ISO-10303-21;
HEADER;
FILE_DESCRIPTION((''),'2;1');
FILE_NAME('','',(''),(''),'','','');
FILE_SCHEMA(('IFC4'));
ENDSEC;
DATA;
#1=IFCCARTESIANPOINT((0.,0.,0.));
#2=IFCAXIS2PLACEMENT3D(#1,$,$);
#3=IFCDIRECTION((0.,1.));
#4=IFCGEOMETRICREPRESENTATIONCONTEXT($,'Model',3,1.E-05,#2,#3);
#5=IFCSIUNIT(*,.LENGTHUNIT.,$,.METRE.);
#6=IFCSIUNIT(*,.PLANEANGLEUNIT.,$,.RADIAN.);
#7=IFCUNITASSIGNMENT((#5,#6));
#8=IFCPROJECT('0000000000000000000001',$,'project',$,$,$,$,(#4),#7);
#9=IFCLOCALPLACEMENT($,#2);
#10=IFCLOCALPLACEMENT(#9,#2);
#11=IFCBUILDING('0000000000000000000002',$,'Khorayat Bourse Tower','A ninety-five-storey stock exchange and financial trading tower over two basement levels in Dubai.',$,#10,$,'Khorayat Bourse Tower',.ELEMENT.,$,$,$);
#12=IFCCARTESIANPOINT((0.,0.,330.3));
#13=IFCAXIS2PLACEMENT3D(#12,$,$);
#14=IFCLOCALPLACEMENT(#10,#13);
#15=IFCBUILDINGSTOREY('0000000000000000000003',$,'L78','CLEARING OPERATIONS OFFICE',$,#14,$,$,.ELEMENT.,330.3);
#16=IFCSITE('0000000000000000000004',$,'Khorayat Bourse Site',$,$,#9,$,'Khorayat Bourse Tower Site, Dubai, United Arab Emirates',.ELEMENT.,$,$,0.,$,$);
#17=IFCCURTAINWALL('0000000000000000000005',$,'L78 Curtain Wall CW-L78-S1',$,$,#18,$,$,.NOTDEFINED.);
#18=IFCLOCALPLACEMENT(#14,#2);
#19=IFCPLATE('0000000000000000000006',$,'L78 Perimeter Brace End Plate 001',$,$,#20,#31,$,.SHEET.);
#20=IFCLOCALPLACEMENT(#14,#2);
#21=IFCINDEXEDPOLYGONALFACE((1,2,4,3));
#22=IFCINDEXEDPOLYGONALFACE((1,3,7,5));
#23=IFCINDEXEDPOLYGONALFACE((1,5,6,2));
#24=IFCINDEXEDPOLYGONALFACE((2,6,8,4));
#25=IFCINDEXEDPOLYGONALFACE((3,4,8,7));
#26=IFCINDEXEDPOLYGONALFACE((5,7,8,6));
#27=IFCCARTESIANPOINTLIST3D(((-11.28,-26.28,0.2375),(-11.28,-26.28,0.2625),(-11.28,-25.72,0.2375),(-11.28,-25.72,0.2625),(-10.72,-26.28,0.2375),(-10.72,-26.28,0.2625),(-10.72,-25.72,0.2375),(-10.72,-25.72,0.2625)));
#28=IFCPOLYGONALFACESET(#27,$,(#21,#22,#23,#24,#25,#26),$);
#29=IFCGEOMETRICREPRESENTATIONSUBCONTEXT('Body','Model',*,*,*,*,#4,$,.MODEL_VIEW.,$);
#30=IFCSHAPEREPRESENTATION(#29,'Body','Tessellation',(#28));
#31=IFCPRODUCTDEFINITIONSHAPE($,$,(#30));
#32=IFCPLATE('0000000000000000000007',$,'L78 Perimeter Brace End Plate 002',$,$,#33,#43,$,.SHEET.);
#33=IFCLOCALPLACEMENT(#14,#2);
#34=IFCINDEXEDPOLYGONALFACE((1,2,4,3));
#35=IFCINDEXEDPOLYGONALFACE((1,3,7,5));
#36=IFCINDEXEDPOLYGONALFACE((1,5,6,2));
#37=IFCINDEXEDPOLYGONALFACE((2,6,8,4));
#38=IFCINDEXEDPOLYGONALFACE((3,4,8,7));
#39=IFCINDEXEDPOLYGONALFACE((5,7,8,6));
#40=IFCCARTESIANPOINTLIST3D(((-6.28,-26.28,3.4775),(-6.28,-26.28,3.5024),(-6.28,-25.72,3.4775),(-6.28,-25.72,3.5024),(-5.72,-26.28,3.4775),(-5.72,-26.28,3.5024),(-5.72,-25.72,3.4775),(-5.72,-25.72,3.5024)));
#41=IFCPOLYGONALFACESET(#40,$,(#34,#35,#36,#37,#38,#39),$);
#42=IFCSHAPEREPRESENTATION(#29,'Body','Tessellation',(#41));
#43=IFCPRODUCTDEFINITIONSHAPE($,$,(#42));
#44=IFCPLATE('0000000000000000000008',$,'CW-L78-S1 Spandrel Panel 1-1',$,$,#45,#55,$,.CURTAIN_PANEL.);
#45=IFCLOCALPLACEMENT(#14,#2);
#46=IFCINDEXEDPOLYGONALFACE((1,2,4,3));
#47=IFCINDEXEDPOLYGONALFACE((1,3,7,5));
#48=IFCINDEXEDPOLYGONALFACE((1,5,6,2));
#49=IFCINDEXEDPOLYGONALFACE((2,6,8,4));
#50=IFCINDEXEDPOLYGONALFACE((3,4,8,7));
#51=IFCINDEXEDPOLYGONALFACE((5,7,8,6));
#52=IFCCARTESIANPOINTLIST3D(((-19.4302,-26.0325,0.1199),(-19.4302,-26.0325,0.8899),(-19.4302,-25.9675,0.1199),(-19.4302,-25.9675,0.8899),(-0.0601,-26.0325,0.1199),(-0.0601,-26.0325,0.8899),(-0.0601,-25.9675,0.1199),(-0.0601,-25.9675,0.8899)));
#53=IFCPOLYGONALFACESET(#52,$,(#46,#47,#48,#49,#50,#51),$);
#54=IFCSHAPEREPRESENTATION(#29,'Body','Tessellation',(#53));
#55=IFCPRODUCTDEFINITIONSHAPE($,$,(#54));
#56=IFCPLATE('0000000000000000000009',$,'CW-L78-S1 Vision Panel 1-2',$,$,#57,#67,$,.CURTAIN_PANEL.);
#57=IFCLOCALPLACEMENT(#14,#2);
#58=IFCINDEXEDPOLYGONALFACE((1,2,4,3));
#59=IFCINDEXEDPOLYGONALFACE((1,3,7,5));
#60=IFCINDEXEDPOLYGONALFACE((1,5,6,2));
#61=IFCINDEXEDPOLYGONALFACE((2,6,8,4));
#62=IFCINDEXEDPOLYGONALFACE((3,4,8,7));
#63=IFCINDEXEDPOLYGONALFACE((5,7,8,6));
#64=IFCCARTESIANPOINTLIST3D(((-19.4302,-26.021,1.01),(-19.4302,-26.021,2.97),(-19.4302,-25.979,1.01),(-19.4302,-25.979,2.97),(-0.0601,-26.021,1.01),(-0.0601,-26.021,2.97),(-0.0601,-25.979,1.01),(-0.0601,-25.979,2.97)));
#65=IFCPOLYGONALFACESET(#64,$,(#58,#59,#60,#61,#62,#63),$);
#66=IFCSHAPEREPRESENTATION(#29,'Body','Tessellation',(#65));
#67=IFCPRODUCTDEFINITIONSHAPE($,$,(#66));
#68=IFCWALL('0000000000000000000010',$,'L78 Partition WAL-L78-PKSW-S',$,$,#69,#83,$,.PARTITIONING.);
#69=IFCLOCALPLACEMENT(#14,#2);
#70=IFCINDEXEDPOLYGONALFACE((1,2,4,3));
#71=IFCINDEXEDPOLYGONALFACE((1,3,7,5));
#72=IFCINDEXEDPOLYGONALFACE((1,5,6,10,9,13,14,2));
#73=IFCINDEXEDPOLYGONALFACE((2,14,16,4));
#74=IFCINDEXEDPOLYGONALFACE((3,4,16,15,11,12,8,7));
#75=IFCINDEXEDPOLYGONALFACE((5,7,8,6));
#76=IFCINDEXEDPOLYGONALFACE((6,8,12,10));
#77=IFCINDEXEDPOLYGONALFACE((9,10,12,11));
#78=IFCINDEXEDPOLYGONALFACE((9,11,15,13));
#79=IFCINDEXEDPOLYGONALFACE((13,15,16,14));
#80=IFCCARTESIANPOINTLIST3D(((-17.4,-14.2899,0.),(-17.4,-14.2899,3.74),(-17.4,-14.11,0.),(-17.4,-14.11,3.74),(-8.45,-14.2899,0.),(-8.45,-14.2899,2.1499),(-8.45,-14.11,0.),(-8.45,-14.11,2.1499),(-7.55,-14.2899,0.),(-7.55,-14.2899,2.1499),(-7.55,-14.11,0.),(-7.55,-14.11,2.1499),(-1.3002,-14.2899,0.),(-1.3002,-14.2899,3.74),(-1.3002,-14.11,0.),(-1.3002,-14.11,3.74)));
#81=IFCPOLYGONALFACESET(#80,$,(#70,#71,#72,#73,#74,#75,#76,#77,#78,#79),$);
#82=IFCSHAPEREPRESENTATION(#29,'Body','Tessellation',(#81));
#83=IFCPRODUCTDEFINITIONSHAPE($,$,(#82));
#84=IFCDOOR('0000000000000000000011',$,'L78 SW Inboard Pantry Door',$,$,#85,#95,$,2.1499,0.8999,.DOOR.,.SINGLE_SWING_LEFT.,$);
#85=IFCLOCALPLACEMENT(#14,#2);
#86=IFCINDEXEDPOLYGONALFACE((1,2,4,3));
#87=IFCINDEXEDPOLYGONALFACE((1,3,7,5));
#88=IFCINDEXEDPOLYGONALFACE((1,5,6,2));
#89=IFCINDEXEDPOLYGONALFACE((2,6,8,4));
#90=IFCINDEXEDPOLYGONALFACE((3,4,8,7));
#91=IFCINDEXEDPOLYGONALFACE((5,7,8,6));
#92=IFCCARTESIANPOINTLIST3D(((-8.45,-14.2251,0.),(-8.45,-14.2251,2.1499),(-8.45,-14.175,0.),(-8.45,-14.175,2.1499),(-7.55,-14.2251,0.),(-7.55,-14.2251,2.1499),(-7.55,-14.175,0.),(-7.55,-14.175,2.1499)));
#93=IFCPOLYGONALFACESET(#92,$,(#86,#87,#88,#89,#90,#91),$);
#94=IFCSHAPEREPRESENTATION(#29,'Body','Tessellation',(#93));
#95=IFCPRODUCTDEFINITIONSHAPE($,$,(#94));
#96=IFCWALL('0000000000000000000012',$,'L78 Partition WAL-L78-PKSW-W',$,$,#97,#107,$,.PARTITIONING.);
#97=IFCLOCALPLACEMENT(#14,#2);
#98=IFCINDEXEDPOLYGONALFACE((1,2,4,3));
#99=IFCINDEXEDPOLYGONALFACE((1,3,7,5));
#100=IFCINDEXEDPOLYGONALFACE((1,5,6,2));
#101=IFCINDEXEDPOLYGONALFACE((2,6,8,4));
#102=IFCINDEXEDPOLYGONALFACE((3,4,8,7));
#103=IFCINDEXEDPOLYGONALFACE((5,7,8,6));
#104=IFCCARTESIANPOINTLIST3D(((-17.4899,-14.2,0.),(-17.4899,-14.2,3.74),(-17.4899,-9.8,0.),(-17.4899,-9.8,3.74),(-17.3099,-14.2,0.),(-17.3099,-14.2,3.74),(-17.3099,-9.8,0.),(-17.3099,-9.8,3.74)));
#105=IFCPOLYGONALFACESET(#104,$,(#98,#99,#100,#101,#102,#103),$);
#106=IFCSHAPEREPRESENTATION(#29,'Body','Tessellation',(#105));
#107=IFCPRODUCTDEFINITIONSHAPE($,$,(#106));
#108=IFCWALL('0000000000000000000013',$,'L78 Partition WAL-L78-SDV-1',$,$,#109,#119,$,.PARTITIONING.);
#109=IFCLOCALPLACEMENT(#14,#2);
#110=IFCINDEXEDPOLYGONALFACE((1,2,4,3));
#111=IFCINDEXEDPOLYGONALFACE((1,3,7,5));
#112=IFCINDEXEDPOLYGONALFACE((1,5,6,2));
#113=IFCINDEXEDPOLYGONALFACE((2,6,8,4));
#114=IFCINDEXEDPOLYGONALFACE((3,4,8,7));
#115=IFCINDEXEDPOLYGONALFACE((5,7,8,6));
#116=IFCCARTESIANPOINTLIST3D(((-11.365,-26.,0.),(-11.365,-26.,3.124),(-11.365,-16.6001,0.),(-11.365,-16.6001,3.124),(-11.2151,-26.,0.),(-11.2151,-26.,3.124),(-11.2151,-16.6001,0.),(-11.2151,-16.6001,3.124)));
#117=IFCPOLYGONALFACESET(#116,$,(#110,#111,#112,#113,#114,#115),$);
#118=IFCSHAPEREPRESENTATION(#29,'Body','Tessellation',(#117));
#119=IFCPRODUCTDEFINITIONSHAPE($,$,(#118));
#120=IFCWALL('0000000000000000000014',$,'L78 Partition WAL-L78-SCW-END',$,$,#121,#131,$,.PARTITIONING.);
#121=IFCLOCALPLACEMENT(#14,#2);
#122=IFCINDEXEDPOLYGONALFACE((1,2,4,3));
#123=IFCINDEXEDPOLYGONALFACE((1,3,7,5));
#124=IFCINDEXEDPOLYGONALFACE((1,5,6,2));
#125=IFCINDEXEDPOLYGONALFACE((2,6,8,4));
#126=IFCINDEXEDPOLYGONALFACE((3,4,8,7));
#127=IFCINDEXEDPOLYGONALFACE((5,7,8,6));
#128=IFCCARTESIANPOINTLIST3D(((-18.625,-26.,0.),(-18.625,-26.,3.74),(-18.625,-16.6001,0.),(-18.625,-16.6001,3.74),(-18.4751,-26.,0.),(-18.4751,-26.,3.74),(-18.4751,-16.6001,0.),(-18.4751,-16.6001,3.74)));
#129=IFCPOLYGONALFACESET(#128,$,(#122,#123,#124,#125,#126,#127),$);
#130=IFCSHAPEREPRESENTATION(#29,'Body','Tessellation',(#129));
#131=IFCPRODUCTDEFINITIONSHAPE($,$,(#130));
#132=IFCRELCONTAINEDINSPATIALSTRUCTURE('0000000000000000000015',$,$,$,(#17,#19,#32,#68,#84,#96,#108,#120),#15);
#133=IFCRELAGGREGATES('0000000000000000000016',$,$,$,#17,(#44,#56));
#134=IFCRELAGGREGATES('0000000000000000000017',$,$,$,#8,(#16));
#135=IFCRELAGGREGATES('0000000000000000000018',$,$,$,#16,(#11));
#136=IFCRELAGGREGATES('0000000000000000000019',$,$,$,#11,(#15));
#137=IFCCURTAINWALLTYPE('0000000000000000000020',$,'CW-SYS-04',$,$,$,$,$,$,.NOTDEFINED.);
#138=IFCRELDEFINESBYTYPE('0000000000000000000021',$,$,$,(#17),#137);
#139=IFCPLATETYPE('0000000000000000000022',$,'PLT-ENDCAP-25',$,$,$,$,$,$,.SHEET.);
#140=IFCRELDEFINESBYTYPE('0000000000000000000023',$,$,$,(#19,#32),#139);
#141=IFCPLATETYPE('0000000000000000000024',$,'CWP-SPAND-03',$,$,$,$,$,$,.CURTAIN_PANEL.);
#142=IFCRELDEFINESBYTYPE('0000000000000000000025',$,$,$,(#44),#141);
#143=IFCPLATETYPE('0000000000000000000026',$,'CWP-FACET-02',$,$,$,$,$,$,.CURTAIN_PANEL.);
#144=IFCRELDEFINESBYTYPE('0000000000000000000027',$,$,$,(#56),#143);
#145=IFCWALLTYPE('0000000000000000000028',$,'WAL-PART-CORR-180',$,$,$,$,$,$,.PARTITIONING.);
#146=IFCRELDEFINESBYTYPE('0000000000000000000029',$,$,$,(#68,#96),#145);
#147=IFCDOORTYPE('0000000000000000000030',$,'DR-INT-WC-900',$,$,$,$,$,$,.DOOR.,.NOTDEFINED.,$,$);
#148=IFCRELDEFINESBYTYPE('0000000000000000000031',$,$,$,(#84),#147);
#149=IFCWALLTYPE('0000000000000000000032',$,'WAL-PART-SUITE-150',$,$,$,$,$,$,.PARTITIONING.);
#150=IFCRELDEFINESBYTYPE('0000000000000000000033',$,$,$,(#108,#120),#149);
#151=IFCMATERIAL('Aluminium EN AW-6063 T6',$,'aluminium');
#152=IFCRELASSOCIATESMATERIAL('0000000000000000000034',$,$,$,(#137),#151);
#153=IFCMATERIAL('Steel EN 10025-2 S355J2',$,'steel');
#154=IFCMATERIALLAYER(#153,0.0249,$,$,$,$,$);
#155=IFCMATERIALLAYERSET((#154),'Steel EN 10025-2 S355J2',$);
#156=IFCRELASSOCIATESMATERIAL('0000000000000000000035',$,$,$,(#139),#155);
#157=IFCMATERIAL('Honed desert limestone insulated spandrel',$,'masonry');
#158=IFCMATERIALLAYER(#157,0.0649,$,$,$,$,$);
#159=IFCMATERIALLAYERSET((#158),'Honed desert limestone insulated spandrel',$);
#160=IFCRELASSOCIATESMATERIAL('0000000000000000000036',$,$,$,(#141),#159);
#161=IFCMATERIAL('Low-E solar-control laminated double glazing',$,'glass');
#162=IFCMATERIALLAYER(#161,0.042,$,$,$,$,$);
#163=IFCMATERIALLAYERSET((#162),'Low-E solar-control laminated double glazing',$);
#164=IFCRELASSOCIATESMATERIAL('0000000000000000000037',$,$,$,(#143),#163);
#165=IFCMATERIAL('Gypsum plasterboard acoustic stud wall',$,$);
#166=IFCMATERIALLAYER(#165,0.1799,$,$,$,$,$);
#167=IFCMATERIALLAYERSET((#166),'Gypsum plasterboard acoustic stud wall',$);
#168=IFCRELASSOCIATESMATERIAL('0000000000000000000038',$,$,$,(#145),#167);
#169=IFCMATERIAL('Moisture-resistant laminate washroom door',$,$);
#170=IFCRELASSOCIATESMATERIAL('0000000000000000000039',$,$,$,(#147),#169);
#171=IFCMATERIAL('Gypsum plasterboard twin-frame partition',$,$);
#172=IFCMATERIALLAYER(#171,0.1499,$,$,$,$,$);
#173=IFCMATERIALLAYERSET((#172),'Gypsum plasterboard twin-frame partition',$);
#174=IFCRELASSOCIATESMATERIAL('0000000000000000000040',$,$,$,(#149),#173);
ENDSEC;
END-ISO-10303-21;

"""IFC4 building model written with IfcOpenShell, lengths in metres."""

from ifc_helpers import new_model, si_unit, direction, frame, frame_2d, origin, origin_2d, place, context, subcontext, project, spatial, rectangle, extrude, source, transform, mapped, material, layer, layer_set, type_object, element, fill, aggregate, save


model = new_model("IFC4")

# Units and contexts
model_context = context("Model", 3, precision=1e-05, world=origin(), true_north=direction((0.0, 1.0)))
body_context = subcontext(model_context, "Body", "Model", "MODEL_VIEW")
ifc_project = project(units=[si_unit("LENGTHUNIT", "METRE"), si_unit("PLANEANGLEUNIT", "RADIAN")], contexts=[model_context])

# Site, building, storey
site_placement = place(None, origin())
site = spatial("IfcSite", under=ifc_project, at=site_placement, Name="Khorayat Bourse Site", LongName="Khorayat Bourse Tower Site, Dubai, United Arab Emirates", CompositionType="ELEMENT", RefElevation=0.0)
building_placement = place(site_placement, origin())
building = spatial("IfcBuilding", under=site, at=building_placement, Name="Khorayat Bourse Tower", Description="A ninety-five-storey stock exchange and financial trading tower over two basement levels in Dubai.", LongName="Khorayat Bourse Tower", CompositionType="ELEMENT")
storey_placement = place(building_placement, frame((0.0, 0.0, 330.3)))
storey = spatial("IfcBuildingStorey", under=building, at=storey_placement, Name="L78", Description="CLEARING OPERATIONS OFFICE", CompositionType="ELEMENT", Elevation=330.3)

# Shared definitions
ifc_material_1 = material(Name="Steel EN 10025-2 S355J2", Category="steel")

# Curtain wall
ifc_material_2 = material(Name="Aluminium EN AW-6063 T6", Category="aluminium")
curtain_wall_type = type_object("IfcCurtainWallType", Name="CW-SYS-04", PredefinedType="NOTDEFINED", material=ifc_material_2)
curtain_wall_placement = place(storey_placement, origin())
curtain_wall = element("IfcCurtainWall", 1, at=curtain_wall_placement, inside=storey, type_object=curtain_wall_type, Name="L78 Curtain Wall CW-L78-S1", PredefinedType="NOTDEFINED")

# Plates
ifc_layer_1 = layer(ifc_material_1, 0.0249)
ifc_layer_set_1 = layer_set([ifc_layer_1], Name="Steel EN 10025-2 S355J2")
plate_type_1 = type_object("IfcPlateType", Name="PLT-ENDCAP-25", PredefinedType="SHEET", material=ifc_layer_set_1)
shared_shape_1 = source(origin(), body_context, "Body", "SweptSolid", [
    extrude(rectangle(XDim=0.5601, YDim=0.5601, at=origin_2d()), origin(), (0.0, 0.0, 1.0), 0.0249),
])
for number, where, z_axis, x_axis, name in (
    (2, (-11.0, -26.0, 0.2375), (0.0, 0.0, 1.0), (1.0, 0.0, 0.0), "L78 Perimeter Brace End Plate 001"),
    (3, (-6.0, -26.0, 3.4775), (0.0, 0.0, 1.0), (1.0, 0.0, 0.0), "L78 Perimeter Brace End Plate 002"),
):
    element("IfcPlate", number, at=place(storey_placement, frame(where, z_axis=z_axis, x_axis=x_axis)), inside=storey, type_object=plate_type_1, Name=name, PredefinedType="SHEET", context=body_context, shape_type="MappedRepresentation", body=[
        mapped(shared_shape_1, transform((0.0, 0.0, 0.0), scale=1.0)),
    ])

# Plates
ifc_material_3 = material(Name="Honed desert limestone insulated spandrel", Category="masonry")
ifc_layer_2 = layer(ifc_material_3, 0.0649)
ifc_layer_set_2 = layer_set([ifc_layer_2], Name="Honed desert limestone insulated spandrel")
plate_type_2 = type_object("IfcPlateType", Name="CWP-SPAND-03", PredefinedType="CURTAIN_PANEL", material=ifc_layer_set_2)
shared_shape_2 = source(origin(), body_context, "Body", "SweptSolid", [
    extrude(rectangle(XDim=19.3701, YDim=0.0649, at=origin_2d()), origin(), (0.0, 0.0, 1.0), 0.77),
])
plate_1_placement = place(storey_placement, frame((-9.7451, -26.0, 0.1199), z_axis=(0.0, 0.0, 1.0), x_axis=(1.0, 0.0, 0.0)))
plate_1 = element("IfcPlate", 4, at=plate_1_placement, type_object=plate_type_2, Name="CW-L78-S1 Spandrel Panel 1-1", PredefinedType="CURTAIN_PANEL", context=body_context, shape_type="MappedRepresentation", body=[
    mapped(shared_shape_2, transform((0.0, 0.0, 0.0), scale=1.0)),
])
ifc_material_4 = material(Name="Low-E solar-control laminated double glazing", Category="glass")
ifc_layer_3 = layer(ifc_material_4, 0.042)
ifc_layer_set_3 = layer_set([ifc_layer_3], Name="Low-E solar-control laminated double glazing")
plate_type_3 = type_object("IfcPlateType", Name="CWP-FACET-02", PredefinedType="CURTAIN_PANEL", material=ifc_layer_set_3)
shared_shape_3 = source(origin(), body_context, "Body", "SweptSolid", [
    extrude(rectangle(XDim=19.3701, YDim=0.042, at=origin_2d()), origin(), (0.0, 0.0, 1.0), 1.96),
])
plate_2_placement = place(storey_placement, frame((-9.7451, -26.0, 1.01), z_axis=(0.0, 0.0, 1.0), x_axis=(1.0, 0.0, 0.0)))
plate_2 = element("IfcPlate", 5, at=plate_2_placement, type_object=plate_type_3, Name="CW-L78-S1 Vision Panel 1-2", PredefinedType="CURTAIN_PANEL", context=body_context, shape_type="MappedRepresentation", body=[
    mapped(shared_shape_3, transform((0.0, 0.0, 0.0), scale=1.0)),
])
aggregate(curtain_wall, [plate_1, plate_2])

# Wall, opening, door
ifc_material_5 = material(Name="Gypsum plasterboard acoustic stud wall")
ifc_layer_4 = layer(ifc_material_5, 0.1799)
ifc_layer_set_4 = layer_set([ifc_layer_4], Name="Gypsum plasterboard acoustic stud wall")
wall_type_1 = type_object("IfcWallType", Name="WAL-PART-CORR-180", PredefinedType="PARTITIONING", material=ifc_layer_set_4)
shared_shape_4 = source(origin(), body_context, "Body", "SweptSolid", [
    extrude(rectangle(XDim=16.0999, YDim=0.1799, at=frame_2d((8.0498, 0.0))), origin(), (0.0, 0.0, 1.0), 3.74),
])
wall_1_placement = place(storey_placement, frame((-17.3999, -14.2, 0.0), z_axis=(0.0, 0.0, 1.0), x_axis=(1.0, 0.0, 0.0)))
wall_1 = element("IfcWall", 6, at=wall_1_placement, inside=storey, type_object=wall_type_1, Name="L78 Partition WAL-L78-PKSW-S", PredefinedType="PARTITIONING", context=body_context, shape_type="MappedRepresentation", body=[
    mapped(shared_shape_4, transform((0.0, 0.0, 0.0), scale=1.0)),
])
shared_shape_5 = source(origin(), body_context, "Body", "SweptSolid", [
    extrude(rectangle(XDim=0.8999, YDim=2.1499, at=frame_2d((0.45, 1.075))), frame((0.0, 0.0999, 0.0), z_axis=(0.0, -1.0, 0.0), x_axis=(1.0, 0.0, 0.0)), (0.0, 0.0, 1.0), 0.2),
])
opening_1_placement = place(wall_1_placement, frame((8.95, 0.0, 0.0)))
opening_1 = element("IfcOpeningElement", 7, at=opening_1_placement, cuts=wall_1, PredefinedType="OPENING", context=body_context, shape_type="MappedRepresentation", body=[
    mapped(shared_shape_5, transform((0.0, 0.0, 0.0), scale=1.0)),
])
ifc_material_6 = material(Name="Moisture-resistant laminate washroom door")
door_type_1 = type_object("IfcDoorType", Name="DR-INT-WC-900", OperationType="NOTDEFINED", PredefinedType="DOOR", material=ifc_material_6)
shared_shape_6 = source(origin(), body_context, "Body", "SweptSolid", [
    extrude(rectangle(XDim=0.8999, YDim=2.1499, at=frame_2d((0.45, 1.075))), frame((0.0, 0.0249, 0.0), z_axis=(0.0, -1.0, 0.0), x_axis=(1.0, 0.0, 0.0)), (0.0, 0.0, 1.0), 0.05),
])
door_1_placement = place(opening_1_placement, origin())
door_1 = element("IfcDoor", 8, at=door_1_placement, inside=storey, type_object=door_type_1, Name="L78 SW Inboard Pantry Door", OperationType="SINGLE_SWING_LEFT", OverallHeight=2.1499, OverallWidth=0.8999, PredefinedType="DOOR", context=body_context, shape_type="MappedRepresentation", body=[
    mapped(shared_shape_6, transform((0.0, 0.0, 0.0), scale=1.0)),
])
fill(opening_1, door_1)

# Walls
shared_shape_7 = source(origin(), body_context, "Body", "SweptSolid", [
    extrude(rectangle(XDim=4.3999, YDim=0.1799, at=frame_2d((2.2, 0.0))), origin(), (0.0, 0.0, 1.0), 3.74),
])
wall_2_placement = place(storey_placement, frame((-17.3999, -14.2, 0.0), z_axis=(0.0, 0.0, 1.0), x_axis=(0.0, 1.0, 0.0)))
element("IfcWall", 9, at=wall_2_placement, inside=storey, type_object=wall_type_1, Name="L78 Partition WAL-L78-PKSW-W", PredefinedType="PARTITIONING", context=body_context, shape_type="MappedRepresentation", body=[
    mapped(shared_shape_7, transform((0.0, 0.0, 0.0), scale=1.0)),
])
ifc_material_7 = material(Name="Gypsum plasterboard twin-frame partition")
ifc_layer_5 = layer(ifc_material_7, 0.1499)
ifc_layer_set_5 = layer_set([ifc_layer_5], Name="Gypsum plasterboard twin-frame partition")
wall_type_2 = type_object("IfcWallType", Name="WAL-PART-SUITE-150", PredefinedType="PARTITIONING", material=ifc_layer_set_5)
shared_shape_8 = source(origin(), body_context, "Body", "SweptSolid", [
    extrude(rectangle(XDim=9.3999, YDim=0.1499, at=frame_2d((4.7, 0.0))), origin(), (0.0, 0.0, 1.0), 3.124),
])
wall_3_placement = place(storey_placement, frame((-11.29, -26.0, 0.0), z_axis=(0.0, 0.0, 1.0), x_axis=(0.0, 1.0, 0.0)))
element("IfcWall", 10, at=wall_3_placement, inside=storey, type_object=wall_type_2, Name="L78 Partition WAL-L78-SDV-1", PredefinedType="PARTITIONING", context=body_context, shape_type="MappedRepresentation", body=[
    mapped(shared_shape_8, transform((0.0, 0.0, 0.0), scale=1.0)),
])
shared_shape_9 = source(origin(), body_context, "Body", "SweptSolid", [
    extrude(rectangle(XDim=9.3999, YDim=0.1499, at=frame_2d((4.7, 0.0))), origin(), (0.0, 0.0, 1.0), 3.74),
])
wall_4_placement = place(storey_placement, frame((-18.55, -26.0, 0.0), z_axis=(0.0, 0.0, 1.0), x_axis=(0.0, 1.0, 0.0)))
element("IfcWall", 11, at=wall_4_placement, inside=storey, type_object=wall_type_2, Name="L78 Partition WAL-L78-SCW-END", PredefinedType="PARTITIONING", context=body_context, shape_type="MappedRepresentation", body=[
    mapped(shared_shape_9, transform((0.0, 0.0, 0.0), scale=1.0)),
])

save(model, "model.ifc")
